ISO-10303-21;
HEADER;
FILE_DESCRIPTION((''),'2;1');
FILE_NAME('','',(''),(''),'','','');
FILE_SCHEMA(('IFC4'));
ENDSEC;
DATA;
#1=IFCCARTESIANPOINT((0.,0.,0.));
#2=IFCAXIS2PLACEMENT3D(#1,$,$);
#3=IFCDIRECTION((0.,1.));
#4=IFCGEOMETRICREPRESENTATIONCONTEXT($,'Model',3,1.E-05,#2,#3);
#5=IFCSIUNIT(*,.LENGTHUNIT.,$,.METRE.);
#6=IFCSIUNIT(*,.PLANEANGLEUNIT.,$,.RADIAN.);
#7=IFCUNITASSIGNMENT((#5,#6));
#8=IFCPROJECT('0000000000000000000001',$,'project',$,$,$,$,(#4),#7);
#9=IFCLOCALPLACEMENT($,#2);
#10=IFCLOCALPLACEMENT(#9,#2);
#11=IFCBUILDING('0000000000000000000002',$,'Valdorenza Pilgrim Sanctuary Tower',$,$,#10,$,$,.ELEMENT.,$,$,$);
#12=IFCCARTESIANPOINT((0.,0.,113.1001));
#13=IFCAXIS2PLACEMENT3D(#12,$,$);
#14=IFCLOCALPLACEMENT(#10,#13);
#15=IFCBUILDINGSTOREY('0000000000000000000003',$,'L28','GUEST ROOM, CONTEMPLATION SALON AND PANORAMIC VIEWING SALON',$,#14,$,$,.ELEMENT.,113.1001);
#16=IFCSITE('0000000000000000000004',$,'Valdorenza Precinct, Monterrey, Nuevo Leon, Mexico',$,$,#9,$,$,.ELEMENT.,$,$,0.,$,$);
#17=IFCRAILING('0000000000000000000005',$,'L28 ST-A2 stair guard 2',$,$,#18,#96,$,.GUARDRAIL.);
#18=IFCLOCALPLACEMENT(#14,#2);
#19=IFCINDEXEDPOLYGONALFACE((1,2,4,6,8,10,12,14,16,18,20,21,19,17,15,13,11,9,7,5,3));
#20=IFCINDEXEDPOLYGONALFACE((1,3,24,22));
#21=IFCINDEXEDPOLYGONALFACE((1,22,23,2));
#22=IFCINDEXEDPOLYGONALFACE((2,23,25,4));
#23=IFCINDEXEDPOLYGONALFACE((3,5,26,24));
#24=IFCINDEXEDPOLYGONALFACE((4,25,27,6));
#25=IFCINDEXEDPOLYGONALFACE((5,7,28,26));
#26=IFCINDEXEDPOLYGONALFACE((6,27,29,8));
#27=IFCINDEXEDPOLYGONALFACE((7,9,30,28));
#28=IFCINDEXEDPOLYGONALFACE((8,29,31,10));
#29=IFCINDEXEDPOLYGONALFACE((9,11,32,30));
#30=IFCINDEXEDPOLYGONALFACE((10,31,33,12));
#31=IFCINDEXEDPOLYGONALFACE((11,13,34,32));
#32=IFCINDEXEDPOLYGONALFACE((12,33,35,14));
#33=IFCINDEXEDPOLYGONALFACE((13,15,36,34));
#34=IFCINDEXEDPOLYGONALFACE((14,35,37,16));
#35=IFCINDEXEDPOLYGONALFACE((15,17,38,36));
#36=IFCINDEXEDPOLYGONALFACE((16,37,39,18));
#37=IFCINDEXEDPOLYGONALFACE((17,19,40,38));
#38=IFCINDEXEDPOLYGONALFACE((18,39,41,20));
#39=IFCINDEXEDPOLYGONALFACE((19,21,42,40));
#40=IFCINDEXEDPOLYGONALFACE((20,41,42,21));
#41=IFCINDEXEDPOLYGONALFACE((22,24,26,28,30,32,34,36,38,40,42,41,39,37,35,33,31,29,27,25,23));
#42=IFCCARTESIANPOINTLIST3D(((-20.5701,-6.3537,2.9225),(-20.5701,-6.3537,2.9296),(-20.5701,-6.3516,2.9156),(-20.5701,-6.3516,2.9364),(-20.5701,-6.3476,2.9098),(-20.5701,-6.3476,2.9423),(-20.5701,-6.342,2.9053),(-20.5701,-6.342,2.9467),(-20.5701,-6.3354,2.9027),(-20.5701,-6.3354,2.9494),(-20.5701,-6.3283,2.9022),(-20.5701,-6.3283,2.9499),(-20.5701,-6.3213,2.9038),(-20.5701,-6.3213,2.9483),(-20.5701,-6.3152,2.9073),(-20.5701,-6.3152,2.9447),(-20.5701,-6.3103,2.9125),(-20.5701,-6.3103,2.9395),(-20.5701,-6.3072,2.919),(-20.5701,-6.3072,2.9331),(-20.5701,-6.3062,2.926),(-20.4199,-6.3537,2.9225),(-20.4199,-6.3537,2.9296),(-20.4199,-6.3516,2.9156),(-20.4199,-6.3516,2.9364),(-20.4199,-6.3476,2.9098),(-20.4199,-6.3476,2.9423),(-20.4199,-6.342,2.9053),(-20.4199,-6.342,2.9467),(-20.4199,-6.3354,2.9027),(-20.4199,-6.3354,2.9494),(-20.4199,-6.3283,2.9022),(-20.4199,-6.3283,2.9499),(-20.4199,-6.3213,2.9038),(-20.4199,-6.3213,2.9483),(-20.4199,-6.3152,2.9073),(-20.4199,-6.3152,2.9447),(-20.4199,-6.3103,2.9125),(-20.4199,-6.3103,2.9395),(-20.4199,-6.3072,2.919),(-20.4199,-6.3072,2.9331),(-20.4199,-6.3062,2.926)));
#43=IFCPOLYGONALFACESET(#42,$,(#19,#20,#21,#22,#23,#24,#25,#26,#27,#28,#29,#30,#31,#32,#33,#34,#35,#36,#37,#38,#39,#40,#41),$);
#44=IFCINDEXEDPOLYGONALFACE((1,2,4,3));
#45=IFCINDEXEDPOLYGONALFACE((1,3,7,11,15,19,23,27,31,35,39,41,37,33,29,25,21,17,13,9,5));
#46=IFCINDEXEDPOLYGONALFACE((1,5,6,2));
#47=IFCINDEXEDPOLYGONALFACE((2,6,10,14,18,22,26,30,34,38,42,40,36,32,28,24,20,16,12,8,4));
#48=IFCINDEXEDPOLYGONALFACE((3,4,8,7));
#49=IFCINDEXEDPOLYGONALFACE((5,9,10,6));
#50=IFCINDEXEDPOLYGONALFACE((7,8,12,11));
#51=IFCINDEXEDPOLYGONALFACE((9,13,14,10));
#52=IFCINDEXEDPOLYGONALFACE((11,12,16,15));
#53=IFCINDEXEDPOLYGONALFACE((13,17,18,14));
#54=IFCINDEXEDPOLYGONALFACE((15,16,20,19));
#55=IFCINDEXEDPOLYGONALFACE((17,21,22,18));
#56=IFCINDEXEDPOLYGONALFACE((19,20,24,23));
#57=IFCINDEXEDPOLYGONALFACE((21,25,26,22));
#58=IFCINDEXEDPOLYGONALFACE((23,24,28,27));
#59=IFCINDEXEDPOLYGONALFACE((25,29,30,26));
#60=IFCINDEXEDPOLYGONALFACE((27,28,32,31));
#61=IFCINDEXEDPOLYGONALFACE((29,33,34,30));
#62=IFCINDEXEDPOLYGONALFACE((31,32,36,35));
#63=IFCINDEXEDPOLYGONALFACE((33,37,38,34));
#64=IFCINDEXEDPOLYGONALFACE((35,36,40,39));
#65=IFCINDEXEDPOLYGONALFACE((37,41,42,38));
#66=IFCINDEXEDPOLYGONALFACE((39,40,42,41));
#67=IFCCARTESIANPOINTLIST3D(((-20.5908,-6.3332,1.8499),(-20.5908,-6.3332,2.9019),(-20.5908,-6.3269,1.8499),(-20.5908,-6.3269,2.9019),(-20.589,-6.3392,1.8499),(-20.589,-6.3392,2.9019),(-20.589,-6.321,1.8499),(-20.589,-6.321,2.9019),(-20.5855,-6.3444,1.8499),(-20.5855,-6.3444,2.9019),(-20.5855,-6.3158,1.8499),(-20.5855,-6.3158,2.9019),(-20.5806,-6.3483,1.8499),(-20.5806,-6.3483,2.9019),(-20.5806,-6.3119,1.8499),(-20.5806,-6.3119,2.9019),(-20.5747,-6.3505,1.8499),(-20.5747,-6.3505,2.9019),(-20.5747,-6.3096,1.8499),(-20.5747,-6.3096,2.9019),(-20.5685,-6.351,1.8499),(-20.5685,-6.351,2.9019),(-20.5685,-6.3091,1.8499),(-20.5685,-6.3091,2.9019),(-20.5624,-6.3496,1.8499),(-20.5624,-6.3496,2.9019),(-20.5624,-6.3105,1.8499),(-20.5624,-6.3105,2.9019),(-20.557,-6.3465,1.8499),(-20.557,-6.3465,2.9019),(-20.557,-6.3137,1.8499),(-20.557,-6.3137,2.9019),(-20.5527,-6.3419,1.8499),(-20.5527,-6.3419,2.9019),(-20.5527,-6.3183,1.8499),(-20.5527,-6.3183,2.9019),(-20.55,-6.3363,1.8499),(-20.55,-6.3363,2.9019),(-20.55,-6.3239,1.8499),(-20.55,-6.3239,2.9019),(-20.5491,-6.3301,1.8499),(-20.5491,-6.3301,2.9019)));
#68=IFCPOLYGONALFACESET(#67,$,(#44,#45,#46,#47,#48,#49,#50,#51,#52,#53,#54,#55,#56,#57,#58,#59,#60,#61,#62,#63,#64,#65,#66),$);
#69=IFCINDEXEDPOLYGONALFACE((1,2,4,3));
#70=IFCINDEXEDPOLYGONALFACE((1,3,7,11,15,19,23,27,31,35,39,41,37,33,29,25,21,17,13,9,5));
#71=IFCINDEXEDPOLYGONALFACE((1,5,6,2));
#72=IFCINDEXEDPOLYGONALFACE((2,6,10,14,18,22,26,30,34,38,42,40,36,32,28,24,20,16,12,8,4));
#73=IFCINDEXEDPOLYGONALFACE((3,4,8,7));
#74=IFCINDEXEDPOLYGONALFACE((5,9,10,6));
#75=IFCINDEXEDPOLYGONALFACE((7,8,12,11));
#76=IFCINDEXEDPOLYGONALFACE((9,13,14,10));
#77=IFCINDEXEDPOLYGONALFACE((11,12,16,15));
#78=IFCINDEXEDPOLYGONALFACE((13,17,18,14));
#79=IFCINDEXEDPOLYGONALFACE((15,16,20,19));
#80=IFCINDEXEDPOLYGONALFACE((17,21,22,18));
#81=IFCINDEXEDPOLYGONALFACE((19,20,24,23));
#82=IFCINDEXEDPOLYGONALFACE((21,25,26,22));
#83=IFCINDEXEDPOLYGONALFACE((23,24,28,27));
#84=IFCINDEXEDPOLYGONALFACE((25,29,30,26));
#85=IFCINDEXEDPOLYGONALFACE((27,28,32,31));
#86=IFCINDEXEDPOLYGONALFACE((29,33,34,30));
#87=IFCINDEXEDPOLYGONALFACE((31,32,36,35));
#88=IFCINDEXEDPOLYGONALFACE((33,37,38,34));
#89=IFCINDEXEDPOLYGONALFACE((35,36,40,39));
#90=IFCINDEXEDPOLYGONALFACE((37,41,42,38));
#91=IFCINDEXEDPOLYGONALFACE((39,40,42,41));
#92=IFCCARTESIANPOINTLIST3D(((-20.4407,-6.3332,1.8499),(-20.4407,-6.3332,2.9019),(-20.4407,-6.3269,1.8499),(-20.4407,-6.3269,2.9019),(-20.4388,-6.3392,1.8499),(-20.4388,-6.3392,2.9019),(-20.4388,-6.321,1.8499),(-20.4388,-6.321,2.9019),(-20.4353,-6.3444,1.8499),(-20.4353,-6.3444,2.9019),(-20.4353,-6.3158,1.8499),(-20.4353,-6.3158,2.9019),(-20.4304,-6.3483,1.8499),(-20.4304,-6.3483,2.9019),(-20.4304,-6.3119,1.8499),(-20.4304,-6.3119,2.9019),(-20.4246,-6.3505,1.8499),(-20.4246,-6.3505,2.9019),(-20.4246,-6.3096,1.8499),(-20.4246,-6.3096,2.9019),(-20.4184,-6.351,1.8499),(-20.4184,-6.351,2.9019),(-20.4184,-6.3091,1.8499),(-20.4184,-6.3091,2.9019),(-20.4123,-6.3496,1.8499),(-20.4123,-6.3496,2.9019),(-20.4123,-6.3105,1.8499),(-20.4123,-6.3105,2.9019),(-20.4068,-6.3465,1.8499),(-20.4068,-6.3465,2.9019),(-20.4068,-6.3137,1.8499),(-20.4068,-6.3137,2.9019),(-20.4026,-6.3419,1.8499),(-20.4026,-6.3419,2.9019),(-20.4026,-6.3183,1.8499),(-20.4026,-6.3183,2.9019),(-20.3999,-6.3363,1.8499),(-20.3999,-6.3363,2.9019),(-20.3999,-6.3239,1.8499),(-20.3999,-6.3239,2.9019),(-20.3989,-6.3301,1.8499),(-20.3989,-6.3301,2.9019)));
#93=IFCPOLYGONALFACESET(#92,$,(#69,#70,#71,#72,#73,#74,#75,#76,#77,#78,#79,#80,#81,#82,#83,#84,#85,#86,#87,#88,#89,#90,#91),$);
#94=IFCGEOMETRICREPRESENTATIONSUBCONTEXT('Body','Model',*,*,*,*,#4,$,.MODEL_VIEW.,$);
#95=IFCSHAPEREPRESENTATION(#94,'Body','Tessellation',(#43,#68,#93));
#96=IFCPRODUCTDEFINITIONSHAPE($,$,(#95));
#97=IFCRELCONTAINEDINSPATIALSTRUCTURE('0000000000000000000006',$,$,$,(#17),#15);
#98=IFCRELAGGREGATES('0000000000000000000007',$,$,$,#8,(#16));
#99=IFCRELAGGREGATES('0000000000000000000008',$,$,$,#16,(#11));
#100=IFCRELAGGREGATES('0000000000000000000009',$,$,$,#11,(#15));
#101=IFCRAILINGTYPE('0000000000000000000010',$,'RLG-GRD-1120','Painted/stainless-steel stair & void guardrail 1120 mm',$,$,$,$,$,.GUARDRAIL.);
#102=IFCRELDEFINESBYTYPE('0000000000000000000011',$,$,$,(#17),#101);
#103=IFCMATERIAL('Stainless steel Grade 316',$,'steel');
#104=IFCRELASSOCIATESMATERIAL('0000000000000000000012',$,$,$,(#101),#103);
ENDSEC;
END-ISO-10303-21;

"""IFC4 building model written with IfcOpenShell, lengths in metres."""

from ifc_helpers import new_model, si_unit, direction, frame, origin, origin_2d, place, context, subcontext, project, spatial, circle, extrude, material, type_object, element, save


model = new_model("IFC4")

# Units and contexts
model_context = context("Model", 3, precision=1e-05, world=origin(), true_north=direction((0.0, 1.0)))
body_context = subcontext(model_context, "Body", "Model", "MODEL_VIEW")
ifc_project = project(units=[si_unit("LENGTHUNIT", "METRE"), si_unit("PLANEANGLEUNIT", "RADIAN")], contexts=[model_context])

# Site, building, storey
site_placement = place(None, origin())
site = spatial("IfcSite", under=ifc_project, at=site_placement, Name="Valdorenza Precinct, Monterrey, Nuevo Leon, Mexico", CompositionType="ELEMENT", RefElevation=0.0)
building_placement = place(site_placement, origin())
building = spatial("IfcBuilding", under=site, at=building_placement, Name="Valdorenza Pilgrim Sanctuary Tower", CompositionType="ELEMENT")
storey_placement = place(building_placement, frame((0.0, 0.0, 113.1001)))
storey = spatial("IfcBuildingStorey", under=building, at=storey_placement, Name="L28", Description="GUEST ROOM, CONTEMPLATION SALON AND PANORAMIC VIEWING SALON", CompositionType="ELEMENT", Elevation=113.1001)

# Railing
ifc_material_1 = material(Name="Stainless steel Grade 316", Category="steel")
railing_type_1 = type_object("IfcRailingType", Name="RLG-GRD-1120", Description="Painted/stainless-steel stair & void guardrail 1120 mm", PredefinedType="GUARDRAIL", material=ifc_material_1)
railing_1_placement = place(storey_placement, frame((-20.5701, -6.3301, 1.8499)))
element("IfcRailing", 1, at=railing_1_placement, inside=storey, type_object=railing_type_1, Name="L28 ST-A2 stair guard 2", PredefinedType="GUARDRAIL", context=body_context, shape_type="SweptSolid", body=[
    extrude(circle(Radius=0.0239, at=origin_2d()), frame((0.0, 0.0, 1.0762), z_axis=(1.0, 0.0, 0.0), x_axis=(0.0, 1.0, 0.0)), (0.0, 0.0, 1.0), 0.1501),
    extrude(circle(Radius=0.021, at=origin_2d()), origin(), (0.0, 0.0, 1.0), 1.052),
    extrude(circle(Radius=0.021, at=origin_2d()), frame((0.1501, 0.0, 0.0)), (0.0, 0.0, 1.0), 1.052),
])

save(model, "model.ifc")
